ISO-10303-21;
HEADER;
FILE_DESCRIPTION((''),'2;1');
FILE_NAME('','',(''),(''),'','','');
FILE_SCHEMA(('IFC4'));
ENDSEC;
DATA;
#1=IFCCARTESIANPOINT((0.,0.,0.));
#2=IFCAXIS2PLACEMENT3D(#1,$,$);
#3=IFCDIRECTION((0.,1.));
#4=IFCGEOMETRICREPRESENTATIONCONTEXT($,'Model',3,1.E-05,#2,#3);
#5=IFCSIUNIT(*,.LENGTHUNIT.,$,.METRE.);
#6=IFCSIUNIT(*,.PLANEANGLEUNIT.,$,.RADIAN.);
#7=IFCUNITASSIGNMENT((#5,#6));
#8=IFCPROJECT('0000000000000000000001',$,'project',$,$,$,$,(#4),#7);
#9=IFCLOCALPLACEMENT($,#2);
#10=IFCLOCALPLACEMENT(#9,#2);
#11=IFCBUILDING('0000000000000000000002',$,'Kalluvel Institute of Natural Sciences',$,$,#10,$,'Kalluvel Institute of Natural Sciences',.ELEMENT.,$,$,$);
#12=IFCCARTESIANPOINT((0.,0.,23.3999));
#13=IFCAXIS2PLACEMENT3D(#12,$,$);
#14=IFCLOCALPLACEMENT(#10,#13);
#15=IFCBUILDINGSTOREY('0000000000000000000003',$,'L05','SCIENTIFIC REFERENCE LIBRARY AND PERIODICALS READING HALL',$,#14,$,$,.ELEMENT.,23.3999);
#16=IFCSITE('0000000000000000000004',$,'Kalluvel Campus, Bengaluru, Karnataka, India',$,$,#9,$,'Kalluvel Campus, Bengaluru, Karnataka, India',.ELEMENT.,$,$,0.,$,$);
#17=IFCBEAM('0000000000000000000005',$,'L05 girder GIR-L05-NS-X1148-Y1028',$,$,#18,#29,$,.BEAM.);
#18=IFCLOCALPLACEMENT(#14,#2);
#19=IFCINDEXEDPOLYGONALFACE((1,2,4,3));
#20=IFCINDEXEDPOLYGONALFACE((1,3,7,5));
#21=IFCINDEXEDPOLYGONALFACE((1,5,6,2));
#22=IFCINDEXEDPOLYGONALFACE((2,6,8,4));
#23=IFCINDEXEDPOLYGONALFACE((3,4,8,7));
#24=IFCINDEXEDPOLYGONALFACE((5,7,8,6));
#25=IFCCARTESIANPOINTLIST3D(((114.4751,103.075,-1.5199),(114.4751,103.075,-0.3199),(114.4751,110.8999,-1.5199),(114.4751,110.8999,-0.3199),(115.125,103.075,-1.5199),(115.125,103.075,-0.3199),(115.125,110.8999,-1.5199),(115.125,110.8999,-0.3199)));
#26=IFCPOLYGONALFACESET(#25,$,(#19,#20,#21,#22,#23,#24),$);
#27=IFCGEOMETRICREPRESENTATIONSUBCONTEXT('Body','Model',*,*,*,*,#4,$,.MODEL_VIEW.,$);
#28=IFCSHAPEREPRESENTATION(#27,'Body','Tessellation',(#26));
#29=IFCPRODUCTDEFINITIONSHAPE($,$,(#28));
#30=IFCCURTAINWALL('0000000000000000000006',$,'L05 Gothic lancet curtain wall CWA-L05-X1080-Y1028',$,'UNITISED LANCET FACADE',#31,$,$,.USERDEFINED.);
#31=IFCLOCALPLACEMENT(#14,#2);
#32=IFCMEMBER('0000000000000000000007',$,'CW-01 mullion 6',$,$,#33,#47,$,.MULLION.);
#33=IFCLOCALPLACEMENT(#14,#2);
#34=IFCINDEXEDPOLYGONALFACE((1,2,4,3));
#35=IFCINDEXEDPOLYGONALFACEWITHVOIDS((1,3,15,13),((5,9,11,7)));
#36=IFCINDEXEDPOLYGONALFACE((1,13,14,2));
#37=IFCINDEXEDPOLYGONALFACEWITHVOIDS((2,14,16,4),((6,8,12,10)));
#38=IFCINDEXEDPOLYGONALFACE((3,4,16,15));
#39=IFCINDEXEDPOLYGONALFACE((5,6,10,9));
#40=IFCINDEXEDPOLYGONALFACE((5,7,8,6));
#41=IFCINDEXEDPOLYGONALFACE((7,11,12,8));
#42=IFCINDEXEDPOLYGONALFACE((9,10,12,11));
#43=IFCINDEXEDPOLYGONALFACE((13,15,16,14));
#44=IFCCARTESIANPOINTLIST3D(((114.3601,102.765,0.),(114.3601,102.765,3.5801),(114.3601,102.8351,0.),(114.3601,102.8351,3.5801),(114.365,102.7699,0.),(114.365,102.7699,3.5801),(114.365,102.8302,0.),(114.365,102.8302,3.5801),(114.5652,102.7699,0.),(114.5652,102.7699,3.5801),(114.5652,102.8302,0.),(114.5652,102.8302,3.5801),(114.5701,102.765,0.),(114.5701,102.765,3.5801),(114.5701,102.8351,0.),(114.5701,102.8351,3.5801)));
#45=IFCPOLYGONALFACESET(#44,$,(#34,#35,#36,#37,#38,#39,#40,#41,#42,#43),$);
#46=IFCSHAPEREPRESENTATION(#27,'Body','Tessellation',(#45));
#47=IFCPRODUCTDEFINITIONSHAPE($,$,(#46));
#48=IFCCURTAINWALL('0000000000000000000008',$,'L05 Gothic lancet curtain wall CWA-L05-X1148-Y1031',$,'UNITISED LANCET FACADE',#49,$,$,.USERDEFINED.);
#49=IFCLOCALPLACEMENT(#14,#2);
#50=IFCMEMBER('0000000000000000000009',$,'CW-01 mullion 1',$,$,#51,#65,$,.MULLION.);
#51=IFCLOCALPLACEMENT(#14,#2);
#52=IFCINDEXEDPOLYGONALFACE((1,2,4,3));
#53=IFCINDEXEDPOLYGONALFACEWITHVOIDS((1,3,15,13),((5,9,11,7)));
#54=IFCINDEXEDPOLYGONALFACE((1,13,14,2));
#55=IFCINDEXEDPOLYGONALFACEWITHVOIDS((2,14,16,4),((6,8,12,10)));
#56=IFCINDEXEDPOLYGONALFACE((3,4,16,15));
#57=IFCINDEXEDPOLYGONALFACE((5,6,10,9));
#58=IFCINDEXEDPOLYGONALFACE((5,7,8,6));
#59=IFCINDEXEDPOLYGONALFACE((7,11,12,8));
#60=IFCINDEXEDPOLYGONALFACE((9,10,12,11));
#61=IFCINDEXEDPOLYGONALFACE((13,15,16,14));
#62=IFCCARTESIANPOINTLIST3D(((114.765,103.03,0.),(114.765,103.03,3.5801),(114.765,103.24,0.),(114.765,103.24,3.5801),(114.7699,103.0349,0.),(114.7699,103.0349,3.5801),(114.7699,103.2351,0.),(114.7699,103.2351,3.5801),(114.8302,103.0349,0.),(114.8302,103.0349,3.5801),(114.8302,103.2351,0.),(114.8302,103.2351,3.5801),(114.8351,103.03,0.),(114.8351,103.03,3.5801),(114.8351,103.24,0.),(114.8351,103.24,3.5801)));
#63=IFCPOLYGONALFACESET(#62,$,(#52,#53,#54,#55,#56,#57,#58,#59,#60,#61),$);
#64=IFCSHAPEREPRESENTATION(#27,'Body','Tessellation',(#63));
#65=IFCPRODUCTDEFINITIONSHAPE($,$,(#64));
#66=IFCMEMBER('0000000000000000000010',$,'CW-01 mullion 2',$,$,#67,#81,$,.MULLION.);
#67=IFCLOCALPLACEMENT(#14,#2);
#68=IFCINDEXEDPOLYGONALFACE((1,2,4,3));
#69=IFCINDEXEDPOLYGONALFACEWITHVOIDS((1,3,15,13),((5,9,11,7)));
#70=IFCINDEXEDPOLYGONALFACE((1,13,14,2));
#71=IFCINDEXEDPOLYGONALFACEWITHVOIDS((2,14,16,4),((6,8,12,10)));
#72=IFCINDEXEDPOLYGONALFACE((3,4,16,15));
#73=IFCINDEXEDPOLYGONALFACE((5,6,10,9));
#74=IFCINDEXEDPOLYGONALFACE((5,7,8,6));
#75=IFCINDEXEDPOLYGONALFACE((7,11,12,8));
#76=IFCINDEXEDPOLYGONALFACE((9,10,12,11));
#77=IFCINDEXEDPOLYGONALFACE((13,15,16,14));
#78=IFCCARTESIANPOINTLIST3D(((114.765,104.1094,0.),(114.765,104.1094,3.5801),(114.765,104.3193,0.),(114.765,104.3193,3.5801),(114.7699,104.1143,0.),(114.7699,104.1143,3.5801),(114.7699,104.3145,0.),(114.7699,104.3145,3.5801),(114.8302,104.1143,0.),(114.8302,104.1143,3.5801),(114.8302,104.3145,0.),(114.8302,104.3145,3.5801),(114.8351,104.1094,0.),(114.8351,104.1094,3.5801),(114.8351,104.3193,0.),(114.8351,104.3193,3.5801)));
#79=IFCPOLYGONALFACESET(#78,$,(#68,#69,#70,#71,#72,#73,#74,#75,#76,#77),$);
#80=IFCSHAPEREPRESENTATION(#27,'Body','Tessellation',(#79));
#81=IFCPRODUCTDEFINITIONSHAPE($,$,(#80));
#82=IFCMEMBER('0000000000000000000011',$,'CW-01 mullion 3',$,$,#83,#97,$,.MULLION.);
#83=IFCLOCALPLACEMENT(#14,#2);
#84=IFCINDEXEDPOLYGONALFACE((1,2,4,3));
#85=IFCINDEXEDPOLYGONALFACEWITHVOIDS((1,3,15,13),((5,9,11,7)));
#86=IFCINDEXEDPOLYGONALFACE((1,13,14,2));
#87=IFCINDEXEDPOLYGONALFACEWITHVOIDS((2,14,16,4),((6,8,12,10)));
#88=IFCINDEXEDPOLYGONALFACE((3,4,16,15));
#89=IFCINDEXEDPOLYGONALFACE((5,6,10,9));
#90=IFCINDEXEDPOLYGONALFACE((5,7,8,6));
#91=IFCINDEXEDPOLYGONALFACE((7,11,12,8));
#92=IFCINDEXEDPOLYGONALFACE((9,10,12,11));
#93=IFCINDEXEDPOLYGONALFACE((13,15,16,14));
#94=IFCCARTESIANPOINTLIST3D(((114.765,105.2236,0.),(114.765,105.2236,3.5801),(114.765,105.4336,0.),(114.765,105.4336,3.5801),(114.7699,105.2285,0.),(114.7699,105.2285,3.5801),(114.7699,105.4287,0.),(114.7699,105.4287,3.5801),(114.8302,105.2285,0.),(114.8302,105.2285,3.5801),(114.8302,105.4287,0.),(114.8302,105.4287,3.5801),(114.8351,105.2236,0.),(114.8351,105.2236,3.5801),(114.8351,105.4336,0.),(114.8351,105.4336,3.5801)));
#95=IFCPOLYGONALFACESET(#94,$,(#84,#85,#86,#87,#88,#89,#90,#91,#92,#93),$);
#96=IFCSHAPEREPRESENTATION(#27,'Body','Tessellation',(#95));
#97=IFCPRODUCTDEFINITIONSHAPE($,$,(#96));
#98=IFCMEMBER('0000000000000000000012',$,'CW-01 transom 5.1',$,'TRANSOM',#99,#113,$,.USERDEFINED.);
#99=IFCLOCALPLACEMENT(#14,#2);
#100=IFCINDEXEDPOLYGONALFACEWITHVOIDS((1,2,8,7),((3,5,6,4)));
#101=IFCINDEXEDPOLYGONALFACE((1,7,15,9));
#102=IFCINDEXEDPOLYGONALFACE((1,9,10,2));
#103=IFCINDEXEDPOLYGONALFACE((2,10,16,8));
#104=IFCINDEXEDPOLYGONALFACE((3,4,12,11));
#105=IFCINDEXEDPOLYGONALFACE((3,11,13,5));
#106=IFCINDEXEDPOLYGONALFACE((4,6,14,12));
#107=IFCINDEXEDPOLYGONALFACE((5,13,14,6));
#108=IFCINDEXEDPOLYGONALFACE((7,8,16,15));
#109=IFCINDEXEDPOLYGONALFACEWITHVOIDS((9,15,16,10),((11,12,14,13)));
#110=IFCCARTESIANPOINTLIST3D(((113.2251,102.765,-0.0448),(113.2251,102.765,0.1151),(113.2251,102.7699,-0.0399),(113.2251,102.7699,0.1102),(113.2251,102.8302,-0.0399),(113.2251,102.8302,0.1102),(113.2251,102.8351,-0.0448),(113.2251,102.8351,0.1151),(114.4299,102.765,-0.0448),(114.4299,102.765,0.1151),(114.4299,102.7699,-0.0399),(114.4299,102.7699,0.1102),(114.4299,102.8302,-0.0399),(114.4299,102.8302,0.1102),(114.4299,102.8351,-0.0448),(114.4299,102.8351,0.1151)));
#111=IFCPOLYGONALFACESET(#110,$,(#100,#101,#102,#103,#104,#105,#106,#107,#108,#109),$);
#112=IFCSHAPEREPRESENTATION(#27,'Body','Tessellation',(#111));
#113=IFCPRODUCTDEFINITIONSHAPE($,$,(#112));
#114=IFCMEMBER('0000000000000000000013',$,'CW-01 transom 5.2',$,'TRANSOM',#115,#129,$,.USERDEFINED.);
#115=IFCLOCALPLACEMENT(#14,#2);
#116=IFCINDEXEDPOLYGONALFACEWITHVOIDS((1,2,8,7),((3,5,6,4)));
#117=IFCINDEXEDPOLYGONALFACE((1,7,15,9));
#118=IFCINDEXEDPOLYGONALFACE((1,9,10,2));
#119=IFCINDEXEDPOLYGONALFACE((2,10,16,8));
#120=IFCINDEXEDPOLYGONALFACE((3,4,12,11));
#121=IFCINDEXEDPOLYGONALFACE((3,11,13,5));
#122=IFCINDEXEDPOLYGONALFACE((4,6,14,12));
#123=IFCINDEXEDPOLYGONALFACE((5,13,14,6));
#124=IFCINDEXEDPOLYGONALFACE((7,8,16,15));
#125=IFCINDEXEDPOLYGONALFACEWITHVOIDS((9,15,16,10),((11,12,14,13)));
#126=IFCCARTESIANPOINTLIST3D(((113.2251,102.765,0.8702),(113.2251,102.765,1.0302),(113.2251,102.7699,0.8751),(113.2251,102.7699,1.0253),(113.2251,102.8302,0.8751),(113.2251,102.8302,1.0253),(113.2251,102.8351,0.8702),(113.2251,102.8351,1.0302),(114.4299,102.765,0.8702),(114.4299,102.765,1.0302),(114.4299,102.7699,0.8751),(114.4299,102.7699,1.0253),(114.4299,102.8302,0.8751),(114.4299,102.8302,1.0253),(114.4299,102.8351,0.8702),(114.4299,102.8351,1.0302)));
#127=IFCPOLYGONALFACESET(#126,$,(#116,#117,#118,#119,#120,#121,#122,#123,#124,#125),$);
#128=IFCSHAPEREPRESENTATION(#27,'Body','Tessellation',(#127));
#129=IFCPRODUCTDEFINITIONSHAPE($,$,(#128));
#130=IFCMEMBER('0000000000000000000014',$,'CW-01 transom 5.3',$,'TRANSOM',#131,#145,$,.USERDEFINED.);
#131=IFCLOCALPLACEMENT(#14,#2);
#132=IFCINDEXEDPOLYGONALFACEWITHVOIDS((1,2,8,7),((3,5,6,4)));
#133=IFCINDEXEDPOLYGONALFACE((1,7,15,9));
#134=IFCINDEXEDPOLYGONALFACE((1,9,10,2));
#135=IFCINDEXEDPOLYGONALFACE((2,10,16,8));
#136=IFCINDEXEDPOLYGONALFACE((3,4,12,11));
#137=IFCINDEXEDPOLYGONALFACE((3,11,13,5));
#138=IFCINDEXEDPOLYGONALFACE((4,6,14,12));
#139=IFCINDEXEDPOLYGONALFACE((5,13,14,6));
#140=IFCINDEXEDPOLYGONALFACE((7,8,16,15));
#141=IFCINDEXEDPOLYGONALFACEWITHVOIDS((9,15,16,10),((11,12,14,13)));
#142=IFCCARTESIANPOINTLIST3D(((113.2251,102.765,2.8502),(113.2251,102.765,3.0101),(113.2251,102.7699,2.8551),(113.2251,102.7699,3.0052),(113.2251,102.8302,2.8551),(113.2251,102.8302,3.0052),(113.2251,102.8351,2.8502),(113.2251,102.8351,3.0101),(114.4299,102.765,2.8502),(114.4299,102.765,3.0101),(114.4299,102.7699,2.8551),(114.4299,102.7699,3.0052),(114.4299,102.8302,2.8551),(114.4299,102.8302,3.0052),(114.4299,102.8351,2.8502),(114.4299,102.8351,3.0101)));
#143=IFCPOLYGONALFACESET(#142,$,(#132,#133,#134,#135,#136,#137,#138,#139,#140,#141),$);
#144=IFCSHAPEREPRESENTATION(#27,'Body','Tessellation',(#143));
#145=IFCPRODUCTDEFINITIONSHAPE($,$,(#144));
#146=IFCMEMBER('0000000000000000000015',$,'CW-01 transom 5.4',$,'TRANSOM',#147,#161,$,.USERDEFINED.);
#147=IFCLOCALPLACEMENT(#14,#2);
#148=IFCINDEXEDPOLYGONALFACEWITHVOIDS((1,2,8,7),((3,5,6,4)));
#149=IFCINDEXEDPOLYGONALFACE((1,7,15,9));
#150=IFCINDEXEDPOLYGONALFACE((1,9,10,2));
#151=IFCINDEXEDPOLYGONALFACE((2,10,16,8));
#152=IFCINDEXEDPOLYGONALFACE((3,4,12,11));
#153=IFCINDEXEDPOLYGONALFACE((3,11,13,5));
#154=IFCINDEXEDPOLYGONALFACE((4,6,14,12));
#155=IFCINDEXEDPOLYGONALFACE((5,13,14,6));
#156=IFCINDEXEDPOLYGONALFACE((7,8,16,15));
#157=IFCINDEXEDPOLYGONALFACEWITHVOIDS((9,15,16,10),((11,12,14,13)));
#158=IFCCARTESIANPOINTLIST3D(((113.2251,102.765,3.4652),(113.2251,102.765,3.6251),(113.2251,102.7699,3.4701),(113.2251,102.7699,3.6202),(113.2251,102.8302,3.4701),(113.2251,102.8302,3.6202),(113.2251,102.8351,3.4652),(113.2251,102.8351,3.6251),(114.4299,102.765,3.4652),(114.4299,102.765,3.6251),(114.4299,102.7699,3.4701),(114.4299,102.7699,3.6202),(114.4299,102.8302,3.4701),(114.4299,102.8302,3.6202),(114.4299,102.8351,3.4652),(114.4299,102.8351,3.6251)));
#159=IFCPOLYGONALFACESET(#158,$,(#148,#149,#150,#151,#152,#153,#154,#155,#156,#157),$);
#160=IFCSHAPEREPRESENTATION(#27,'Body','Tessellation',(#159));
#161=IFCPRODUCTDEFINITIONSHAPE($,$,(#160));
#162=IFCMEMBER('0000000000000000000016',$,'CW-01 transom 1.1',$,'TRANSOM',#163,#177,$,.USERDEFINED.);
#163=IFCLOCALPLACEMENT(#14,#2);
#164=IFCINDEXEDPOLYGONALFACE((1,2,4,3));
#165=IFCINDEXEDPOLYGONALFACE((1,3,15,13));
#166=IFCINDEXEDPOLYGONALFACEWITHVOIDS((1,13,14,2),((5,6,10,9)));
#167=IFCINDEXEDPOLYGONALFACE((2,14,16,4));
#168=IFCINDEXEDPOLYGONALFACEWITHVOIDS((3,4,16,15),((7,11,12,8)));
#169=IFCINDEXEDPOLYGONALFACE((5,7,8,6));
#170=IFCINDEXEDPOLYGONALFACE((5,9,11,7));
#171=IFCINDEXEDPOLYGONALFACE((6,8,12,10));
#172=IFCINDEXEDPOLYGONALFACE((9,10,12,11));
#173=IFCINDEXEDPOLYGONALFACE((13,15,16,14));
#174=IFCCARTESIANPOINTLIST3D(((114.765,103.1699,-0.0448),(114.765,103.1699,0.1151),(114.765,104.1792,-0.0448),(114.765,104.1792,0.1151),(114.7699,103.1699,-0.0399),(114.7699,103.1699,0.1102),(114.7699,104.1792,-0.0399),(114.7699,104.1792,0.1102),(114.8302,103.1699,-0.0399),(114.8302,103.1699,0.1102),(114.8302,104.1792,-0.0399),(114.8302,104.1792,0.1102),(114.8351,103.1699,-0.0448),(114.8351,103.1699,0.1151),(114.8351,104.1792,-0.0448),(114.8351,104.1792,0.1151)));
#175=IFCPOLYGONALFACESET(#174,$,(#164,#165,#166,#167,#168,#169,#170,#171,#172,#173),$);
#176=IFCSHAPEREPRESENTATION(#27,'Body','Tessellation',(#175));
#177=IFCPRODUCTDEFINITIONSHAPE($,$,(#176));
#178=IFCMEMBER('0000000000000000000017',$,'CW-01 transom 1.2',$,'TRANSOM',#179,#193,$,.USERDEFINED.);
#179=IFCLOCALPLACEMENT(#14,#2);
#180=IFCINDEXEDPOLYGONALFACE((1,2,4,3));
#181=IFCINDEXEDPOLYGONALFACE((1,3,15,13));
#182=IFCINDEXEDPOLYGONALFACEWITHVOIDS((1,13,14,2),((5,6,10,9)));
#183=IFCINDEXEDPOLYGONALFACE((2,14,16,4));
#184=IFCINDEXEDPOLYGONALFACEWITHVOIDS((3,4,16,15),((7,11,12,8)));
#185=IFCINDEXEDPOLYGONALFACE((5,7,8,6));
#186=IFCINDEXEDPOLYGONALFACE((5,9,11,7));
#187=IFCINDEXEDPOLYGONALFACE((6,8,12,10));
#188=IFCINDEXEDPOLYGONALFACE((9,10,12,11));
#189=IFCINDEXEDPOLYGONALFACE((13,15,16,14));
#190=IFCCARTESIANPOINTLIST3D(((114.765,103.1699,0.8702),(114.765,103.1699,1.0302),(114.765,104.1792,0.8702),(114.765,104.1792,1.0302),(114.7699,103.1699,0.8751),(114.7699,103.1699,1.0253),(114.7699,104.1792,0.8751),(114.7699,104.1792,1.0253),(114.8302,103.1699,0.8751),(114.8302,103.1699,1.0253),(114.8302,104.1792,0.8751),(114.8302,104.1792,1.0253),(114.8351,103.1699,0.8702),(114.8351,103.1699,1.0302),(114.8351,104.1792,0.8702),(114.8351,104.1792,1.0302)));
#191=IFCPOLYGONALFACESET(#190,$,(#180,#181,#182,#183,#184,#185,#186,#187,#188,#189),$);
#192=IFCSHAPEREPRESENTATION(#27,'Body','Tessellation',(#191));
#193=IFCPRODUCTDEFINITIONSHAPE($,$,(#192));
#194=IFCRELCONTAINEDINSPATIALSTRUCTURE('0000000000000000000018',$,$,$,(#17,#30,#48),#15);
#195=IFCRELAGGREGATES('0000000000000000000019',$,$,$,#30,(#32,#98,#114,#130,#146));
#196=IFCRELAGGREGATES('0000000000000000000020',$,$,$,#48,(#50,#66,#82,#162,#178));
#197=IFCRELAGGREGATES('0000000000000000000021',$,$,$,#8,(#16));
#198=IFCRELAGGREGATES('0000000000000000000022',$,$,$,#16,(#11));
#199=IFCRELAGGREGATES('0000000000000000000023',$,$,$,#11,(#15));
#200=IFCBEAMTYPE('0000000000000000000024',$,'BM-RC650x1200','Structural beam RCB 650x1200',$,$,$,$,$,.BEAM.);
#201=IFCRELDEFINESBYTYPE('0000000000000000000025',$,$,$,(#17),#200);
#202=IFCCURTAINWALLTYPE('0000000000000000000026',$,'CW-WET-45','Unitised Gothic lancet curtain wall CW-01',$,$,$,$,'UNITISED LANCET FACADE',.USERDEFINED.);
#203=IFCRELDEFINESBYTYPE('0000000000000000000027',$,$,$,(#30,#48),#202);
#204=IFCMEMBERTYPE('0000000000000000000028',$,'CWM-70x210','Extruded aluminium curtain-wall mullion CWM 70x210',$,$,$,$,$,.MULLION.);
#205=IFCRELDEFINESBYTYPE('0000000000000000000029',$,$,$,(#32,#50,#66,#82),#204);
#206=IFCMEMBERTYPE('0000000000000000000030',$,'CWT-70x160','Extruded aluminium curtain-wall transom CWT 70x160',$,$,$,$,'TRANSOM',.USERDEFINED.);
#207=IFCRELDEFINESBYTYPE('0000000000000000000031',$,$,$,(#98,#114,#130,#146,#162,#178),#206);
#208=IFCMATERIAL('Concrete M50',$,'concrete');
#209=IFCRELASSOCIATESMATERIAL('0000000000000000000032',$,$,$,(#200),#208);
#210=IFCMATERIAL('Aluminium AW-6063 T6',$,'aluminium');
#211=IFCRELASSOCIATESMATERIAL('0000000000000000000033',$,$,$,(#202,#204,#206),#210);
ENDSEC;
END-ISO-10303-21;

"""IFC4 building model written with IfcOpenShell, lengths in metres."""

from ifc_helpers import new_model, si_unit, direction, frame, origin, origin_2d, place, context, subcontext, project, spatial, rectangle, hollow_rectangle, extrude, material, material_profile, profile_set, type_object, element, aggregate, save


model = new_model("IFC4")

# Units and contexts
model_context = context("Model", 3, precision=1e-05, world=origin(), true_north=direction((0.0, 1.0)))
body_context = subcontext(model_context, "Body", "Model", "MODEL_VIEW")
ifc_project = project(units=[si_unit("LENGTHUNIT", "METRE"), si_unit("PLANEANGLEUNIT", "RADIAN")], contexts=[model_context])

# Site, building, storey
site_placement = place(None, origin())
site = spatial("IfcSite", under=ifc_project, at=site_placement, Name="Kalluvel Campus, Bengaluru, Karnataka, India", LongName="Kalluvel Campus, Bengaluru, Karnataka, India", CompositionType="ELEMENT", RefElevation=0.0)
building_placement = place(site_placement, origin())
building = spatial("IfcBuilding", under=site, at=building_placement, Name="Kalluvel Institute of Natural Sciences", LongName="Kalluvel Institute of Natural Sciences", CompositionType="ELEMENT")
storey_placement = place(building_placement, frame((0.0, 0.0, 23.3999)))
storey = spatial("IfcBuildingStorey", under=building, at=storey_placement, Name="L05", Description="SCIENTIFIC REFERENCE LIBRARY AND PERIODICALS READING HALL", CompositionType="ELEMENT", Elevation=23.3999)

# Beam
ifc_material_1 = material(Name="Concrete M50", Category="concrete")
ifc_material_profile_1 = material_profile(ifc_material_1, rectangle(XDim=0.6499, YDim=1.2, at=origin_2d()), Name="RCB 650x1200")
ifc_profile_set_1 = profile_set([ifc_material_profile_1], Name="Concrete M50")
beam_type = type_object("IfcBeamType", Name="BM-RC650x1200", Description="Structural beam RCB 650x1200", PredefinedType="BEAM", material=ifc_profile_set_1)
beam_placement = place(storey_placement, frame((114.8, 103.075, -0.9199), z_axis=(0.0, 1.0, 0.0), x_axis=(-1.0, 0.0, 0.0)))
element("IfcBeam", 1, at=beam_placement, inside=storey, type_object=beam_type, Name="L05 girder GIR-L05-NS-X1148-Y1028", PredefinedType="BEAM", context=body_context, shape_type="SweptSolid", body=[
    extrude(rectangle(XDim=0.6499, YDim=1.2, at=origin_2d()), origin(), (0.0, 0.0, 1.0), 7.825),
])

# Curtain wall, member
ifc_material_2 = material(Name="Aluminium AW-6063 T6", Category="aluminium")
curtain_wall_type = type_object("IfcCurtainWallType", Name="CW-WET-45", Description="Unitised Gothic lancet curtain wall CW-01", ElementType="UNITISED LANCET FACADE", PredefinedType="USERDEFINED", material=ifc_material_2)
curtain_wall_1_placement = place(storey_placement, origin())
curtain_wall_1 = element("IfcCurtainWall", 2, at=curtain_wall_1_placement, inside=storey, type_object=curtain_wall_type, Name="L05 Gothic lancet curtain wall CWA-L05-X1080-Y1028", ObjectType="UNITISED LANCET FACADE", PredefinedType="USERDEFINED")
ifc_material_profile_2 = material_profile(ifc_material_2, hollow_rectangle(XDim=0.0701, YDim=0.21, WallThickness=0.0049, at=origin_2d()), Name="CWM 70x210")
ifc_profile_set_2 = profile_set([ifc_material_profile_2], Name="Aluminium AW-6063 T6")
member_type_1 = type_object("IfcMemberType", Name="CWM-70x210", Description="Extruded aluminium curtain-wall mullion CWM 70x210", PredefinedType="MULLION", material=ifc_profile_set_2)
member_1_placement = place(storey_placement, frame((114.4651, 102.8, 0.0), z_axis=(0.0, 0.0, 1.0), x_axis=(0.0, 1.0, 0.0)))
member_1 = element("IfcMember", 3, at=member_1_placement, type_object=member_type_1, Name="CW-01 mullion 6", PredefinedType="MULLION", context=body_context, shape_type="SweptSolid", body=[
    extrude(hollow_rectangle(XDim=0.0701, YDim=0.21, WallThickness=0.0049, at=origin_2d()), origin(), (0.0, 0.0, 1.0), 3.5801),
])

# Curtain wall, members
curtain_wall_2_placement = place(storey_placement, origin())
curtain_wall_2 = element("IfcCurtainWall", 4, at=curtain_wall_2_placement, inside=storey, type_object=curtain_wall_type, Name="L05 Gothic lancet curtain wall CWA-L05-X1148-Y1031", ObjectType="UNITISED LANCET FACADE", PredefinedType="USERDEFINED")
member_2_placement = place(storey_placement, frame((114.8, 103.135, 0.0), z_axis=(0.0, 0.0, 1.0), x_axis=(-1.0, 0.0, 0.0)))
member_2 = element("IfcMember", 5, at=member_2_placement, type_object=member_type_1, Name="CW-01 mullion 1", PredefinedType="MULLION", context=body_context, shape_type="SweptSolid", body=[
    extrude(hollow_rectangle(XDim=0.0701, YDim=0.21, WallThickness=0.0049, at=origin_2d()), origin(), (0.0, 0.0, 1.0), 3.5801),
])
member_3_placement = place(storey_placement, frame((114.8, 104.2144, 0.0), z_axis=(0.0, 0.0, 1.0), x_axis=(-1.0, 0.0, 0.0)))
member_3 = element("IfcMember", 6, at=member_3_placement, type_object=member_type_1, Name="CW-01 mullion 2", PredefinedType="MULLION", context=body_context, shape_type="SweptSolid", body=[
    extrude(hollow_rectangle(XDim=0.0701, YDim=0.21, WallThickness=0.0049, at=origin_2d()), origin(), (0.0, 0.0, 1.0), 3.5801),
])
member_4_placement = place(storey_placement, frame((114.8, 105.3286, 0.0), z_axis=(0.0, 0.0, 1.0), x_axis=(-1.0, 0.0, 0.0)))
member_4 = element("IfcMember", 7, at=member_4_placement, type_object=member_type_1, Name="CW-01 mullion 3", PredefinedType="MULLION", context=body_context, shape_type="SweptSolid", body=[
    extrude(hollow_rectangle(XDim=0.0701, YDim=0.21, WallThickness=0.0049, at=origin_2d()), origin(), (0.0, 0.0, 1.0), 3.5801),
])

# Members
ifc_material_profile_3 = material_profile(ifc_material_2, hollow_rectangle(XDim=0.0701, YDim=0.1599, WallThickness=0.0049, at=origin_2d()), Name="CWT 70x160")
ifc_profile_set_3 = profile_set([ifc_material_profile_3], Name="Aluminium AW-6063 T6")
member_type_2 = type_object("IfcMemberType", Name="CWT-70x160", Description="Extruded aluminium curtain-wall transom CWT 70x160", ElementType="TRANSOM", PredefinedType="USERDEFINED", material=ifc_profile_set_3)
member_5_placement = place(storey_placement, frame((113.2251, 102.8, 0.0352), z_axis=(1.0, 0.0, 0.0), x_axis=(0.0, 1.0, 0.0)))
member_5 = element("IfcMember", 8, at=member_5_placement, type_object=member_type_2, Name="CW-01 transom 5.1", ObjectType="TRANSOM", PredefinedType="USERDEFINED", context=body_context, shape_type="SweptSolid", body=[
    extrude(hollow_rectangle(XDim=0.0701, YDim=0.1599, WallThickness=0.0049, at=origin_2d()), origin(), (0.0, 0.0, 1.0), 1.2048),
])
member_6_placement = place(storey_placement, frame((113.2251, 102.8, 0.9502), z_axis=(1.0, 0.0, 0.0), x_axis=(0.0, 1.0, 0.0)))
member_6 = element("IfcMember", 9, at=member_6_placement, type_object=member_type_2, Name="CW-01 transom 5.2", ObjectType="TRANSOM", PredefinedType="USERDEFINED", context=body_context, shape_type="SweptSolid", body=[
    extrude(hollow_rectangle(XDim=0.0701, YDim=0.1599, WallThickness=0.0049, at=origin_2d()), origin(), (0.0, 0.0, 1.0), 1.2048),
])
member_7_placement = place(storey_placement, frame((113.2251, 102.8, 2.9302), z_axis=(1.0, 0.0, 0.0), x_axis=(0.0, 1.0, 0.0)))
member_7 = element("IfcMember", 10, at=member_7_placement, type_object=member_type_2, Name="CW-01 transom 5.3", ObjectType="TRANSOM", PredefinedType="USERDEFINED", context=body_context, shape_type="SweptSolid", body=[
    extrude(hollow_rectangle(XDim=0.0701, YDim=0.1599, WallThickness=0.0049, at=origin_2d()), origin(), (0.0, 0.0, 1.0), 1.2048),
])
member_8_placement = place(storey_placement, frame((113.2251, 102.8, 3.5452), z_axis=(1.0, 0.0, 0.0), x_axis=(0.0, 1.0, 0.0)))
member_8 = element("IfcMember", 11, at=member_8_placement, type_object=member_type_2, Name="CW-01 transom 5.4", ObjectType="TRANSOM", PredefinedType="USERDEFINED", context=body_context, shape_type="SweptSolid", body=[
    extrude(hollow_rectangle(XDim=0.0701, YDim=0.1599, WallThickness=0.0049, at=origin_2d()), origin(), (0.0, 0.0, 1.0), 1.2048),
])
member_9_placement = place(storey_placement, frame((114.8, 103.1699, 0.0352), z_axis=(0.0, 1.0, 0.0), x_axis=(-1.0, 0.0, 0.0)))
member_9 = element("IfcMember", 12, at=member_9_placement, type_object=member_type_2, Name="CW-01 transom 1.1", ObjectType="TRANSOM", PredefinedType="USERDEFINED", context=body_context, shape_type="SweptSolid", body=[
    extrude(hollow_rectangle(XDim=0.0701, YDim=0.1599, WallThickness=0.0049, at=origin_2d()), origin(), (0.0, 0.0, 1.0), 1.0093),
])
member_10_placement = place(storey_placement, frame((114.8, 103.1699, 0.9502), z_axis=(0.0, 1.0, 0.0), x_axis=(-1.0, 0.0, 0.0)))
member_10 = element("IfcMember", 13, at=member_10_placement, type_object=member_type_2, Name="CW-01 transom 1.2", ObjectType="TRANSOM", PredefinedType="USERDEFINED", context=body_context, shape_type="SweptSolid", body=[
    extrude(hollow_rectangle(XDim=0.0701, YDim=0.1599, WallThickness=0.0049, at=origin_2d()), origin(), (0.0, 0.0, 1.0), 1.0093),
])

aggregate(curtain_wall_1, [member_1, member_5, member_6, member_7, member_8])
aggregate(curtain_wall_2, [member_2, member_3, member_4, member_9, member_10])

save(model, "model.ifc")
